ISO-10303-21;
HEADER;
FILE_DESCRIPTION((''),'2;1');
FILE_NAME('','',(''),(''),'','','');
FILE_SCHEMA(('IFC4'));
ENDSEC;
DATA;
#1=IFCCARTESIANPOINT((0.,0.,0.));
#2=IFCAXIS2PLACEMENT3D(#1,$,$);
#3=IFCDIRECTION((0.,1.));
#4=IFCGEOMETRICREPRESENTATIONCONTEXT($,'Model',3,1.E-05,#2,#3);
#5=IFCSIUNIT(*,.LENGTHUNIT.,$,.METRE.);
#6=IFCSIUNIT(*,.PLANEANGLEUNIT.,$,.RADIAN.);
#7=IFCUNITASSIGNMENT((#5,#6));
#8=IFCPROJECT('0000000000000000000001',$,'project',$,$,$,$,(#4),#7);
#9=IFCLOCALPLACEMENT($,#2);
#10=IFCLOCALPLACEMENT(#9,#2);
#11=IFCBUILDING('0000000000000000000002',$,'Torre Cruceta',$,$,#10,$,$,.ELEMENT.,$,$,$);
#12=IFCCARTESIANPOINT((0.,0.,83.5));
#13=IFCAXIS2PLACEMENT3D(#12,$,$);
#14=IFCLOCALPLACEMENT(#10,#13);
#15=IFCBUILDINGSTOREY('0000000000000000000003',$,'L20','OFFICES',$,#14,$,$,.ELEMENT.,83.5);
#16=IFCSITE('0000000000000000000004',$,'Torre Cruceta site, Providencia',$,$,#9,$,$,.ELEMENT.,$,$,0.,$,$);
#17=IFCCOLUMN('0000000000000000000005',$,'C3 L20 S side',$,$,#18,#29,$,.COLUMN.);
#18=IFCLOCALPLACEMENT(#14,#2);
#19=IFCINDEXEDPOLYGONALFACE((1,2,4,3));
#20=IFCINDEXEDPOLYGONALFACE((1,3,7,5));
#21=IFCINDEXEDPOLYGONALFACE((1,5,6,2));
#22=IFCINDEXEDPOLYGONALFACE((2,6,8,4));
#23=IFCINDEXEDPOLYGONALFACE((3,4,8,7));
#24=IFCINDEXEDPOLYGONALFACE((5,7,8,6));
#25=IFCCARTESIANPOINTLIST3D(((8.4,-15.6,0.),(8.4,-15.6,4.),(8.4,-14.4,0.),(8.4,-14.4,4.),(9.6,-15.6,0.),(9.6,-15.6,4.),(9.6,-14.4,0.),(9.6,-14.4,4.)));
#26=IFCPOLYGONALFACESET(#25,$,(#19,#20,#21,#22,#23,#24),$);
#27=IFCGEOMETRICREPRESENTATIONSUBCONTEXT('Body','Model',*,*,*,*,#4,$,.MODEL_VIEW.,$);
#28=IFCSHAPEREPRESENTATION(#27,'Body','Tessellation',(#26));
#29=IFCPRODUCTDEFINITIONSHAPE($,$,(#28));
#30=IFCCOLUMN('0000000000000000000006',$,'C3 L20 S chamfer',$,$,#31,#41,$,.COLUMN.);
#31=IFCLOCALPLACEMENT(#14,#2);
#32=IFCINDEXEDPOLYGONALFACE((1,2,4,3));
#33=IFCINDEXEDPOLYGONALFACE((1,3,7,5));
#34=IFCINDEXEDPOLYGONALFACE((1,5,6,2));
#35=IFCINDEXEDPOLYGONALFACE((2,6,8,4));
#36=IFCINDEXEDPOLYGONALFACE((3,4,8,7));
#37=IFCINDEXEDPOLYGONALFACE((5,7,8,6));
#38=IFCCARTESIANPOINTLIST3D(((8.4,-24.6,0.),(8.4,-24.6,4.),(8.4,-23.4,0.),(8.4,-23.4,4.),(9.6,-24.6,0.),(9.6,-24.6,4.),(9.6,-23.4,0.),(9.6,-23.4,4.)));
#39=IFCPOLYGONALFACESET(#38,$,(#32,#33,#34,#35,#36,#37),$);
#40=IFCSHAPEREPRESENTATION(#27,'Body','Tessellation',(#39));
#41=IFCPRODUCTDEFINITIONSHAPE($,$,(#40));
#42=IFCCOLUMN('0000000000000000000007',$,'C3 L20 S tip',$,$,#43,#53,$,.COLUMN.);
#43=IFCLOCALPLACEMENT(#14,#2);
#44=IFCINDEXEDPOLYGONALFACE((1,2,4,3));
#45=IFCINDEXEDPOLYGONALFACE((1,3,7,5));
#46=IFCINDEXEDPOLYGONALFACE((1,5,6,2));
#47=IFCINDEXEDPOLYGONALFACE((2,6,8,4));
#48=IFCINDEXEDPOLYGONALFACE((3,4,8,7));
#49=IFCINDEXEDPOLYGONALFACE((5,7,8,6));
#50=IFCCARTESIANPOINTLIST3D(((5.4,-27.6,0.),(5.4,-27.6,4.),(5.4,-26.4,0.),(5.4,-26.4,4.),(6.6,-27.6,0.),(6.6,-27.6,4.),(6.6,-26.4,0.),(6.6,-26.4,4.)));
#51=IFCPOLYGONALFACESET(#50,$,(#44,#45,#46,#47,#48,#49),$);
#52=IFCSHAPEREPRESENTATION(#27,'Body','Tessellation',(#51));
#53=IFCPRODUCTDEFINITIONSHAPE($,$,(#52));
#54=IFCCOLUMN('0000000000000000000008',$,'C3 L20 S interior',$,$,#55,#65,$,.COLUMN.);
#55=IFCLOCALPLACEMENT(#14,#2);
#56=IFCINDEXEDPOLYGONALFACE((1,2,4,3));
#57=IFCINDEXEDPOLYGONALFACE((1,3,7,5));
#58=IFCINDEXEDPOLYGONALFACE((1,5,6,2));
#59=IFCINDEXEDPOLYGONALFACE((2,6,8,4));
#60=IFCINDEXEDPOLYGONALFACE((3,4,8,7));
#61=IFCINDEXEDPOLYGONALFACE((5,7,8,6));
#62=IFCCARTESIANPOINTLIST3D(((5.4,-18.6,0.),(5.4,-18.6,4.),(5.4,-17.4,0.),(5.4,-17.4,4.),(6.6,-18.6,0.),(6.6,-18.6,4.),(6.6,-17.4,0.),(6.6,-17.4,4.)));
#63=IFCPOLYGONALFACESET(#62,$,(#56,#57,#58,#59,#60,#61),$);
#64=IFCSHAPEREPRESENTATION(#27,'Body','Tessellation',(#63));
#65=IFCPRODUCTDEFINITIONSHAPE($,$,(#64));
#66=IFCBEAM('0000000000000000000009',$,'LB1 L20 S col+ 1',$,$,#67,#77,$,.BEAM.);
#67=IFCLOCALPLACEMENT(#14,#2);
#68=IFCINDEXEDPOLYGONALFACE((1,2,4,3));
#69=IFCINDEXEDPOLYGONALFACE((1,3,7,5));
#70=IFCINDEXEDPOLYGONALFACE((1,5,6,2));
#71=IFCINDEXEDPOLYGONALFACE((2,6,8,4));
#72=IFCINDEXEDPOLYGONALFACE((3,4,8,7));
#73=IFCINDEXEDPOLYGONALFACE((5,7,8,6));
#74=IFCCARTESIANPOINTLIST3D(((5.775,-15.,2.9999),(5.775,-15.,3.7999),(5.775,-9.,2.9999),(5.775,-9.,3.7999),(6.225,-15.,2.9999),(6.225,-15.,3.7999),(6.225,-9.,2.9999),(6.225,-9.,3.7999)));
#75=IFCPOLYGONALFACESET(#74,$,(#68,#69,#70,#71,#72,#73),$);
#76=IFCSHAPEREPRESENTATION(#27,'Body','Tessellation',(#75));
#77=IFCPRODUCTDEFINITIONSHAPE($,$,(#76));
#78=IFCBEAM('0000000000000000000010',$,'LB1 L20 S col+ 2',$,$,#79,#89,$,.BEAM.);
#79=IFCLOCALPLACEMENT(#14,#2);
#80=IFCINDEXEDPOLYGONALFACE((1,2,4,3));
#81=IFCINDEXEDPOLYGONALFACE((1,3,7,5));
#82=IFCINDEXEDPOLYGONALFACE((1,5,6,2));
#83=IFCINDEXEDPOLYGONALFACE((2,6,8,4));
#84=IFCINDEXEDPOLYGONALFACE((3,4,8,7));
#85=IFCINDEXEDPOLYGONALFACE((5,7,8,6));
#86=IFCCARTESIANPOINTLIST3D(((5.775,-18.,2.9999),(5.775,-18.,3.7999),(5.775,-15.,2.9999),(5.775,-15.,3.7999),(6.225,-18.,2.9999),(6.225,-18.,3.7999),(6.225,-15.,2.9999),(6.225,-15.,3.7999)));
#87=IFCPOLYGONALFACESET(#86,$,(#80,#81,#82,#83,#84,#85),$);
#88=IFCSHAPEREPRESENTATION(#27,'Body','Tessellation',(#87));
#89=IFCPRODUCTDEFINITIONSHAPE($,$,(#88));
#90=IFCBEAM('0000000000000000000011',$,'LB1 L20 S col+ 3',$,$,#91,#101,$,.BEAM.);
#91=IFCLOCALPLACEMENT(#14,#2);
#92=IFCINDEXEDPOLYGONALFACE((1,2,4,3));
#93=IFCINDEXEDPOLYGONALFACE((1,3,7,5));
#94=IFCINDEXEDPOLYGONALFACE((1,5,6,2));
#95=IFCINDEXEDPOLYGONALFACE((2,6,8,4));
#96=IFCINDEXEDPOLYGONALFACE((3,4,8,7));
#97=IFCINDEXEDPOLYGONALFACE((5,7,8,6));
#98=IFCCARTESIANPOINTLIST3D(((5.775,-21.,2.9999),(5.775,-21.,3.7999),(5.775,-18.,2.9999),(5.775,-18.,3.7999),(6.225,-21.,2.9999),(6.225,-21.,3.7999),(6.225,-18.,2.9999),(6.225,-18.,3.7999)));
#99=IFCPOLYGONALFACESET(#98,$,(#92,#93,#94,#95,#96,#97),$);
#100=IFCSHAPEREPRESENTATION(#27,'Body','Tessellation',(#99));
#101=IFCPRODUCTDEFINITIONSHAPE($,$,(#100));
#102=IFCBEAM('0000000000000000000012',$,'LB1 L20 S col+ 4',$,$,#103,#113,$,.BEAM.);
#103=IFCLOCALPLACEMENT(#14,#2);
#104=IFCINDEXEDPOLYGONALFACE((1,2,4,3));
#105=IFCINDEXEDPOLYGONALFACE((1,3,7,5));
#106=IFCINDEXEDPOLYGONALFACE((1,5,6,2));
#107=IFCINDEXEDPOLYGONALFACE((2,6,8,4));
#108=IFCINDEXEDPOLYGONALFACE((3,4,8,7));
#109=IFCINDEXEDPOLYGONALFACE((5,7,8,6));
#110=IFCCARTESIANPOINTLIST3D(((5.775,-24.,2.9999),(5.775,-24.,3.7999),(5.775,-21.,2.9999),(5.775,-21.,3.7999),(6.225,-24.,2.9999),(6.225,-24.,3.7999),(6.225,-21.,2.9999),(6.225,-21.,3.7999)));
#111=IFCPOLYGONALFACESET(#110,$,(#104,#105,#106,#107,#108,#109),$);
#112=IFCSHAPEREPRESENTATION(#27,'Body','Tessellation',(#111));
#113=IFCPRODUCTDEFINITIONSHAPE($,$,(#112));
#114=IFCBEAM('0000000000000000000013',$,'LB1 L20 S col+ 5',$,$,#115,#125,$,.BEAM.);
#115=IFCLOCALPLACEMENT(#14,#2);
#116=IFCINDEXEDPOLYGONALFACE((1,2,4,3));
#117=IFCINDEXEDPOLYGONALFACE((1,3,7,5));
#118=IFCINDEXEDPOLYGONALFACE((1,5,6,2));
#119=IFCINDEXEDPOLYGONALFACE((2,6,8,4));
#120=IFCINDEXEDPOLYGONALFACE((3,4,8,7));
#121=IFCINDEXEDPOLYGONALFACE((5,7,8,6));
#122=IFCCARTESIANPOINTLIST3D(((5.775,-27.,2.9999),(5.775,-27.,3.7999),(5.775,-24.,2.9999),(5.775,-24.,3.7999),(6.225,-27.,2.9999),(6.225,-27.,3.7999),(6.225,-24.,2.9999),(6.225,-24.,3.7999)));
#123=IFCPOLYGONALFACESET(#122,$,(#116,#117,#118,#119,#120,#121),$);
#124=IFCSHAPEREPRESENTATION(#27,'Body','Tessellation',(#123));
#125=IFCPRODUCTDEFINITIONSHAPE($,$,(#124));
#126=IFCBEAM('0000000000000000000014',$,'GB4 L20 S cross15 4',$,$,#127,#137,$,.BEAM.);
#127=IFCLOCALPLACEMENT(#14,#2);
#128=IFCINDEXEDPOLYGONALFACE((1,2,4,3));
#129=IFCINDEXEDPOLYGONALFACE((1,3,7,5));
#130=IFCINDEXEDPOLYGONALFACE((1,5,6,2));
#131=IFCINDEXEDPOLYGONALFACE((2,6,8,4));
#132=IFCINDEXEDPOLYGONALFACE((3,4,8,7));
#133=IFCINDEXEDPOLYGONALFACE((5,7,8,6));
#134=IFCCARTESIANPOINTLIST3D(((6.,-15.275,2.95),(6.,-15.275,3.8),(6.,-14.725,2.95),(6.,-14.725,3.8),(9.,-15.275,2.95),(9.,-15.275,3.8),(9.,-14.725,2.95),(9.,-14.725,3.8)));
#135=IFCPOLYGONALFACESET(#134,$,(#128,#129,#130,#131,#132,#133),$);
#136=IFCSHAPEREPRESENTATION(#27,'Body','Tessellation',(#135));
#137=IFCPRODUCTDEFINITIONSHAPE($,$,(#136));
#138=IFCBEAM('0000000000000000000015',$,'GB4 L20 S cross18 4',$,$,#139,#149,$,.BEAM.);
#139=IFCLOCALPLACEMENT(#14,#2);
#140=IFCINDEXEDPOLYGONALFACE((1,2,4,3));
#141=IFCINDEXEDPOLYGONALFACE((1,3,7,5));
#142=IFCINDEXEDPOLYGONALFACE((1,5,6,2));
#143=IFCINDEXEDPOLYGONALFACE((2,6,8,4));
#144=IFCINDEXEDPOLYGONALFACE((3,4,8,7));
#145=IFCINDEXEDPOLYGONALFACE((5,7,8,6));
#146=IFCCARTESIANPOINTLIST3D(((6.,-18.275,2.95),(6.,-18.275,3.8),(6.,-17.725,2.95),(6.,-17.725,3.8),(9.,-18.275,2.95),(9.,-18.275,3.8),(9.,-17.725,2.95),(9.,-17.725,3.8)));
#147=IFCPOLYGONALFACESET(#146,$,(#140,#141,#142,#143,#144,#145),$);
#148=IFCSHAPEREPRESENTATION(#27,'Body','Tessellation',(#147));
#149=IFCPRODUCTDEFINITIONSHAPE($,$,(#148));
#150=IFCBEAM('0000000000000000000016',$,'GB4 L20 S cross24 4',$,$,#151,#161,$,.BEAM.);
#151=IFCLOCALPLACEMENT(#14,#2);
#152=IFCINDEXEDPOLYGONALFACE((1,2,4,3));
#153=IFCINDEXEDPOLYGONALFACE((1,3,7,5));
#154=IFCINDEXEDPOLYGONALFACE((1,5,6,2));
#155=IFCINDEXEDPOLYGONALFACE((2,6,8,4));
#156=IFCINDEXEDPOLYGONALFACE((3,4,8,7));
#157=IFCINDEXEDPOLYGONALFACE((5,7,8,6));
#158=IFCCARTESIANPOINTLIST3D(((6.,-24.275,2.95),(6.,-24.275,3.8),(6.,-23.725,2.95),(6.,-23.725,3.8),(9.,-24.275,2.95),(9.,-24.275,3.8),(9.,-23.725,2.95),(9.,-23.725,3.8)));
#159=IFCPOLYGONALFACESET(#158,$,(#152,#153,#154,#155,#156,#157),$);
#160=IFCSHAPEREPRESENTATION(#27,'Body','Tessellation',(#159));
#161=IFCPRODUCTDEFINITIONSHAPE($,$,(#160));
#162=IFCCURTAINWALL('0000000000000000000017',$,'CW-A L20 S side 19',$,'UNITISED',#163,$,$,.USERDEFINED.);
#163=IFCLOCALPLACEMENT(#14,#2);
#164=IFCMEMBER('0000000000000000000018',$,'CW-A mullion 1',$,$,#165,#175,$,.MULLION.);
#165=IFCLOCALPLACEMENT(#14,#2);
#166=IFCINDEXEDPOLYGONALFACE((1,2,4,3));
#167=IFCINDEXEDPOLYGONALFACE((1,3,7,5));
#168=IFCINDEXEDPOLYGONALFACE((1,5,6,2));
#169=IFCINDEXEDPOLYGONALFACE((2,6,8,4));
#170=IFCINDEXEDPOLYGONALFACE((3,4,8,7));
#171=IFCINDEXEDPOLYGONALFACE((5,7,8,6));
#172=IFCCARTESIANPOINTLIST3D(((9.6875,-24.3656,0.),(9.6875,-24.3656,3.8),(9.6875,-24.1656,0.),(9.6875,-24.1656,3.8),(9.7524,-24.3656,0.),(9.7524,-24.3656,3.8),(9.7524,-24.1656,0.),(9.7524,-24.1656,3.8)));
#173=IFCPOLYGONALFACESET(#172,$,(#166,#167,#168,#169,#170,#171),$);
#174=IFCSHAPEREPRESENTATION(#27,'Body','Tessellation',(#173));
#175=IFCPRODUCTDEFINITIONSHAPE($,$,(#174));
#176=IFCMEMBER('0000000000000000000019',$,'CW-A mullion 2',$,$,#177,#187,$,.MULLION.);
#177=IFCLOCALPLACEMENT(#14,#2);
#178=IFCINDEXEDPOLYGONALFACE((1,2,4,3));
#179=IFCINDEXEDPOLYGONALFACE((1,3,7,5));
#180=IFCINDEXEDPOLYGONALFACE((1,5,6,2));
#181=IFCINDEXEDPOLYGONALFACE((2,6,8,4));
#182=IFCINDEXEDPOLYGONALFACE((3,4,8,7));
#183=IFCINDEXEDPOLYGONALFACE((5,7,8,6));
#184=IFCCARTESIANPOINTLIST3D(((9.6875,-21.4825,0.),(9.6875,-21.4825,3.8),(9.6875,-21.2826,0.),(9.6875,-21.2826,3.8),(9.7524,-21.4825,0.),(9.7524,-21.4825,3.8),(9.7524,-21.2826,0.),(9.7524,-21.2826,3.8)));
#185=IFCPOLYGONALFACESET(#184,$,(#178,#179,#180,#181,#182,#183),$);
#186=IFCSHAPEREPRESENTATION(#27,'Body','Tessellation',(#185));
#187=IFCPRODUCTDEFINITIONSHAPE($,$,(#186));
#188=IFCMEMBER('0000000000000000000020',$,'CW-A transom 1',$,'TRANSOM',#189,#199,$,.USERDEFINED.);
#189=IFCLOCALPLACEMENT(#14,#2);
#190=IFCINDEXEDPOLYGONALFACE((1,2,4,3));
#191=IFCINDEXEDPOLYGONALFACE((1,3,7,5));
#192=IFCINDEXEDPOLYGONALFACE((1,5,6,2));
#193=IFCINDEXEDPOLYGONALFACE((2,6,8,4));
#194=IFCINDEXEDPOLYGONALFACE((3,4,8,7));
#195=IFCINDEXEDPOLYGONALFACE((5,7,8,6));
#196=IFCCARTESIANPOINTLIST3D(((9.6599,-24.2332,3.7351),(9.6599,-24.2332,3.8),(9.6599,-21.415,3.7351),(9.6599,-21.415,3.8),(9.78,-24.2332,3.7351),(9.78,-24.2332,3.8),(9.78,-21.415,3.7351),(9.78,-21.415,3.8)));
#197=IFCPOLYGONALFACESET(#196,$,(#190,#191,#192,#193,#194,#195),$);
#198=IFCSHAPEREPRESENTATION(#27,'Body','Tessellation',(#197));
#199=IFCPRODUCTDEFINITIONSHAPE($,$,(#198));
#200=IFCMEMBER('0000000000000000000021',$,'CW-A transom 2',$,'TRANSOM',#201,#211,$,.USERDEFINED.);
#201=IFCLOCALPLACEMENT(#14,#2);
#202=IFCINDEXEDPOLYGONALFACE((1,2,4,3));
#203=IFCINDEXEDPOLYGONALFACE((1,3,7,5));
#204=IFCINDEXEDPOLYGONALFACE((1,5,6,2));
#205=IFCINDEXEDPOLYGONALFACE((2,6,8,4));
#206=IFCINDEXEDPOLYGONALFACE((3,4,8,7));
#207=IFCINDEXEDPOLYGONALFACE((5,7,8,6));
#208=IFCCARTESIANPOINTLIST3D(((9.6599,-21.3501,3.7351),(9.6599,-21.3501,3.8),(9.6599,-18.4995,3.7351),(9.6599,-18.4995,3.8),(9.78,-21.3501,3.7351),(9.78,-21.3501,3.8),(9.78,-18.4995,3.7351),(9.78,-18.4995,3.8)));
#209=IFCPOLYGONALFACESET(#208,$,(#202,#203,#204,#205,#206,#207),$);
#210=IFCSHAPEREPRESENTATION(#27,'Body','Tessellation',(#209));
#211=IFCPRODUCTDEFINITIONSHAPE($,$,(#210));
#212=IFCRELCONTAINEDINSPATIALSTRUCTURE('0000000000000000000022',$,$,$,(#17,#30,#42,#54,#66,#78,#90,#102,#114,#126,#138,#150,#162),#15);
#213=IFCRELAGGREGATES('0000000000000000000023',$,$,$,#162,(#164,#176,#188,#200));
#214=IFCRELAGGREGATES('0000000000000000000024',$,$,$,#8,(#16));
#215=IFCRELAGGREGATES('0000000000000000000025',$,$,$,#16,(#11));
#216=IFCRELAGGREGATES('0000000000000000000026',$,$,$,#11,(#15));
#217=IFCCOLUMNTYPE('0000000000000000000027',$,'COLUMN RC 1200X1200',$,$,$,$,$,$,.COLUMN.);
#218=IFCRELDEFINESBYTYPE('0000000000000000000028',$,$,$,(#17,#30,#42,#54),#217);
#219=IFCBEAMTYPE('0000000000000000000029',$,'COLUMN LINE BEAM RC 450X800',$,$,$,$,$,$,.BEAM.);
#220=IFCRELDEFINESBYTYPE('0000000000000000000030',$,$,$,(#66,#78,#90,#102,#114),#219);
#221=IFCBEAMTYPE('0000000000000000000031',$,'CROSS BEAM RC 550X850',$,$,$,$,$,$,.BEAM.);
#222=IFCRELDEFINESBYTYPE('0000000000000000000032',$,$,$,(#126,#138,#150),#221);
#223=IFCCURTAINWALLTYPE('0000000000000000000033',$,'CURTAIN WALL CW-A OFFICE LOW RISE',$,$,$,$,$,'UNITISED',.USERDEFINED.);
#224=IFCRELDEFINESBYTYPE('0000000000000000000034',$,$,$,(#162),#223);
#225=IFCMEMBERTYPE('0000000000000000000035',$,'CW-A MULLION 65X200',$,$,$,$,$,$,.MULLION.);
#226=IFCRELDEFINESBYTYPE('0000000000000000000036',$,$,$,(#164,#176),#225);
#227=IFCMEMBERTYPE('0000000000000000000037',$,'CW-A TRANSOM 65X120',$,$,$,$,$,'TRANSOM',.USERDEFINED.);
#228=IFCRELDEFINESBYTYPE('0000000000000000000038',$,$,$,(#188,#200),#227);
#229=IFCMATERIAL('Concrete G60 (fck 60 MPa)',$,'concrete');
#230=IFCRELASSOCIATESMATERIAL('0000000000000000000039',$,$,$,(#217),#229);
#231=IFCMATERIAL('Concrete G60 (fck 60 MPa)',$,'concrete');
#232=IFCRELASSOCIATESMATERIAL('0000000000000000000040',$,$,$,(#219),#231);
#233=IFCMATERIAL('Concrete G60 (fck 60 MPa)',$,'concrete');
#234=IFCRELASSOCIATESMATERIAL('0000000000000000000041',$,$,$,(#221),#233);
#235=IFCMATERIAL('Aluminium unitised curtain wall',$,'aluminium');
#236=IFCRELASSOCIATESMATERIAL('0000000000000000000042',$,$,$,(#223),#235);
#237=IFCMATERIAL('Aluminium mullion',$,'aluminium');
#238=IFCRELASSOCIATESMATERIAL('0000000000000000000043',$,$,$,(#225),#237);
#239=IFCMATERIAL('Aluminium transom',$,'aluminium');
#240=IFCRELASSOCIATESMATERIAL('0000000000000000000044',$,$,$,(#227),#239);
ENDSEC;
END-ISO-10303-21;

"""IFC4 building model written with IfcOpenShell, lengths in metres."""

from ifc_helpers import new_model, si_unit, direction, frame, origin, origin_2d, place, context, subcontext, project, spatial, rectangle, extrude, material, material_profile, profile_set, type_object, element, aggregate, save


model = new_model("IFC4")

# Units and contexts
model_context = context("Model", 3, precision=1e-05, world=origin(), true_north=direction((0.0, 1.0)))
body_context = subcontext(model_context, "Body", "Model", "MODEL_VIEW")
ifc_project = project(units=[si_unit("LENGTHUNIT", "METRE"), si_unit("PLANEANGLEUNIT", "RADIAN")], contexts=[model_context])

# Site, building, storey
site_placement = place(None, origin())
site = spatial("IfcSite", under=ifc_project, at=site_placement, Name="Torre Cruceta site, Providencia", CompositionType="ELEMENT", RefElevation=0.0)
building_placement = place(site_placement, origin())
building = spatial("IfcBuilding", under=site, at=building_placement, Name="Torre Cruceta", CompositionType="ELEMENT")
storey_placement = place(building_placement, frame((0.0, 0.0, 83.5)))
storey = spatial("IfcBuildingStorey", under=building, at=storey_placement, Name="L20", Description="OFFICES", CompositionType="ELEMENT", Elevation=83.5)

# Columns
ifc_material_1 = material(Name="Concrete G60 (fck 60 MPa)", Category="concrete")
ifc_material_profile_1 = material_profile(ifc_material_1, rectangle(XDim=1.2, YDim=1.2, at=origin_2d()), Name="RC 1200X1200")
ifc_profile_set_1 = profile_set([ifc_material_profile_1], Name="Concrete G60 (fck 60 MPa)")
column_type = type_object("IfcColumnType", Name="COLUMN RC 1200X1200", PredefinedType="COLUMN", material=ifc_profile_set_1)
for number, where, z_axis, x_axis, name in (
    (1, (9.0, -15.0, 0.0), (0.0, 0.0, 1.0), (1.0, 0.0, 0.0), "C3 L20 S side"),
    (2, (9.0, -24.0, 0.0), (0.0, 0.0, 1.0), (1.0, 0.0, 0.0), "C3 L20 S chamfer"),
    (3, (6.0, -27.0, 0.0), (0.0, 0.0, 1.0), (1.0, 0.0, 0.0), "C3 L20 S tip"),
    (4, (6.0, -18.0, 0.0), (0.0, 0.0, 1.0), (1.0, 0.0, 0.0), "C3 L20 S interior"),
):
    element("IfcColumn", number, at=place(storey_placement, frame(where, z_axis=z_axis, x_axis=x_axis)), inside=storey, type_object=column_type, Name=name, PredefinedType="COLUMN", context=body_context, shape_type="SweptSolid", body=[
        extrude(rectangle(XDim=1.2, YDim=1.2, at=origin_2d()), origin(), (0.0, 0.0, 1.0), 4.0),
    ])

# Beams
ifc_material_2 = material(Name="Concrete G60 (fck 60 MPa)", Category="concrete")
ifc_material_profile_2 = material_profile(ifc_material_2, rectangle(XDim=0.45, YDim=0.8, at=origin_2d()), Name="RC 450X800")
ifc_profile_set_2 = profile_set([ifc_material_profile_2], Name="Concrete G60 (fck 60 MPa)")
beam_type_1 = type_object("IfcBeamType", Name="COLUMN LINE BEAM RC 450X800", PredefinedType="BEAM", material=ifc_profile_set_2)
beam_1_placement = place(storey_placement, frame((6.0, -9.0, 3.3999), z_axis=(0.0, -1.0, 0.0), x_axis=(1.0, 0.0, 0.0)))
element("IfcBeam", 5, at=beam_1_placement, inside=storey, type_object=beam_type_1, Name="LB1 L20 S col+ 1", PredefinedType="BEAM", context=body_context, shape_type="SweptSolid", body=[
    extrude(rectangle(XDim=0.45, YDim=0.8, at=origin_2d()), origin(), (0.0, 0.0, 1.0), 6.0),
])
for number, where, z_axis, x_axis, name in (
    (6, (6.0, -15.0, 3.3999), (0.0, -1.0, 0.0), (1.0, 0.0, 0.0), "LB1 L20 S col+ 2"),
    (7, (6.0, -18.0, 3.3999), (0.0, -1.0, 0.0), (1.0, 0.0, 0.0), "LB1 L20 S col+ 3"),
    (8, (6.0, -21.0, 3.3999), (0.0, -1.0, 0.0), (1.0, 0.0, 0.0), "LB1 L20 S col+ 4"),
    (9, (6.0, -24.0, 3.3999), (0.0, -1.0, 0.0), (1.0, 0.0, 0.0), "LB1 L20 S col+ 5"),
):
    element("IfcBeam", number, at=place(storey_placement, frame(where, z_axis=z_axis, x_axis=x_axis)), inside=storey, type_object=beam_type_1, Name=name, PredefinedType="BEAM", context=body_context, shape_type="SweptSolid", body=[
        extrude(rectangle(XDim=0.45, YDim=0.8, at=origin_2d()), origin(), (0.0, 0.0, 1.0), 3.0),
    ])
ifc_material_3 = material(Name="Concrete G60 (fck 60 MPa)", Category="concrete")
ifc_material_profile_3 = material_profile(ifc_material_3, rectangle(XDim=0.55, YDim=0.8501, at=origin_2d()), Name="RC 550X850")
ifc_profile_set_3 = profile_set([ifc_material_profile_3], Name="Concrete G60 (fck 60 MPa)")
beam_type_2 = type_object("IfcBeamType", Name="CROSS BEAM RC 550X850", PredefinedType="BEAM", material=ifc_profile_set_3)
for number, where, z_axis, x_axis, name in (
    (10, (6.0, -15.0, 3.375), (1.0, 0.0, 0.0), (0.0, 1.0, 0.0), "GB4 L20 S cross15 4"),
    (11, (6.0, -18.0, 3.375), (1.0, 0.0, 0.0), (0.0, 1.0, 0.0), "GB4 L20 S cross18 4"),
    (12, (6.0, -24.0, 3.375), (1.0, 0.0, 0.0), (0.0, 1.0, 0.0), "GB4 L20 S cross24 4"),
):
    element("IfcBeam", number, at=place(storey_placement, frame(where, z_axis=z_axis, x_axis=x_axis)), inside=storey, type_object=beam_type_2, Name=name, PredefinedType="BEAM", context=body_context, shape_type="SweptSolid", body=[
        extrude(rectangle(XDim=0.55, YDim=0.8501, at=origin_2d()), origin(), (0.0, 0.0, 1.0), 3.0),
    ])

# Curtain wall, members
ifc_material_4 = material(Name="Aluminium unitised curtain wall", Category="aluminium")
curtain_wall_type = type_object("IfcCurtainWallType", Name="CURTAIN WALL CW-A OFFICE LOW RISE", ElementType="UNITISED", PredefinedType="USERDEFINED", material=ifc_material_4)
curtain_wall_placement = place(storey_placement, origin())
curtain_wall = element("IfcCurtainWall", 13, at=curtain_wall_placement, inside=storey, type_object=curtain_wall_type, Name="CW-A L20 S side 19", ObjectType="UNITISED", PredefinedType="USERDEFINED")
ifc_material_5 = material(Name="Aluminium mullion", Category="aluminium")
ifc_material_profile_4 = material_profile(ifc_material_5, rectangle(XDim=0.0649, YDim=0.2, at=origin_2d()), Name="AL 65X200")
ifc_profile_set_4 = profile_set([ifc_material_profile_4], Name="Aluminium mullion")
member_type_1 = type_object("IfcMemberType", Name="CW-A MULLION 65X200", PredefinedType="MULLION", material=ifc_profile_set_4)
member_1_placement = place(storey_placement, frame((9.72, -24.2656, 0.0), z_axis=(0.0, 0.0, 1.0), x_axis=(-1.0, 0.0, 0.0)))
member_1 = element("IfcMember", 14, at=member_1_placement, type_object=member_type_1, Name="CW-A mullion 1", PredefinedType="MULLION", context=body_context, shape_type="SweptSolid", body=[
    extrude(rectangle(XDim=0.0649, YDim=0.2, at=origin_2d()), origin(), (0.0, 0.0, 1.0), 3.8),
])
member_2_placement = place(storey_placement, frame((9.72, -21.3826, 0.0), z_axis=(0.0, 0.0, 1.0), x_axis=(-1.0, 0.0, 0.0)))
member_2 = element("IfcMember", 15, at=member_2_placement, type_object=member_type_1, Name="CW-A mullion 2", PredefinedType="MULLION", context=body_context, shape_type="SweptSolid", body=[
    extrude(rectangle(XDim=0.0649, YDim=0.2, at=origin_2d()), origin(), (0.0, 0.0, 1.0), 3.8),
])
ifc_material_6 = material(Name="Aluminium transom", Category="aluminium")
ifc_material_profile_5 = material_profile(ifc_material_6, rectangle(XDim=0.1201, YDim=0.0649, at=origin_2d()), Name="AL 120X65")
ifc_profile_set_5 = profile_set([ifc_material_profile_5], Name="Aluminium transom")
member_type_2 = type_object("IfcMemberType", Name="CW-A TRANSOM 65X120", ElementType="TRANSOM", PredefinedType="USERDEFINED", material=ifc_profile_set_5)
member_3_placement = place(storey_placement, frame((9.72, -24.2332, 3.7676), z_axis=(0.0, 1.0, 0.0), x_axis=(-1.0, 0.0, 0.0)))
member_3 = element("IfcMember", 16, at=member_3_placement, type_object=member_type_2, Name="CW-A transom 1", ObjectType="TRANSOM", PredefinedType="USERDEFINED", context=body_context, shape_type="SweptSolid", body=[
    extrude(rectangle(XDim=0.1201, YDim=0.0649, at=origin_2d()), origin(), (0.0, 0.0, 1.0), 2.8181),
])
member_4_placement = place(storey_placement, frame((9.72, -21.3501, 3.7676), z_axis=(0.0, 1.0, 0.0), x_axis=(-1.0, 0.0, 0.0)))
member_4 = element("IfcMember", 17, at=member_4_placement, type_object=member_type_2, Name="CW-A transom 2", ObjectType="TRANSOM", PredefinedType="USERDEFINED", context=body_context, shape_type="SweptSolid", body=[
    extrude(rectangle(XDim=0.1201, YDim=0.0649, at=origin_2d()), origin(), (0.0, 0.0, 1.0), 2.8506),
])

aggregate(curtain_wall, [member_1, member_2, member_3, member_4])

save(model, "model.ifc")
